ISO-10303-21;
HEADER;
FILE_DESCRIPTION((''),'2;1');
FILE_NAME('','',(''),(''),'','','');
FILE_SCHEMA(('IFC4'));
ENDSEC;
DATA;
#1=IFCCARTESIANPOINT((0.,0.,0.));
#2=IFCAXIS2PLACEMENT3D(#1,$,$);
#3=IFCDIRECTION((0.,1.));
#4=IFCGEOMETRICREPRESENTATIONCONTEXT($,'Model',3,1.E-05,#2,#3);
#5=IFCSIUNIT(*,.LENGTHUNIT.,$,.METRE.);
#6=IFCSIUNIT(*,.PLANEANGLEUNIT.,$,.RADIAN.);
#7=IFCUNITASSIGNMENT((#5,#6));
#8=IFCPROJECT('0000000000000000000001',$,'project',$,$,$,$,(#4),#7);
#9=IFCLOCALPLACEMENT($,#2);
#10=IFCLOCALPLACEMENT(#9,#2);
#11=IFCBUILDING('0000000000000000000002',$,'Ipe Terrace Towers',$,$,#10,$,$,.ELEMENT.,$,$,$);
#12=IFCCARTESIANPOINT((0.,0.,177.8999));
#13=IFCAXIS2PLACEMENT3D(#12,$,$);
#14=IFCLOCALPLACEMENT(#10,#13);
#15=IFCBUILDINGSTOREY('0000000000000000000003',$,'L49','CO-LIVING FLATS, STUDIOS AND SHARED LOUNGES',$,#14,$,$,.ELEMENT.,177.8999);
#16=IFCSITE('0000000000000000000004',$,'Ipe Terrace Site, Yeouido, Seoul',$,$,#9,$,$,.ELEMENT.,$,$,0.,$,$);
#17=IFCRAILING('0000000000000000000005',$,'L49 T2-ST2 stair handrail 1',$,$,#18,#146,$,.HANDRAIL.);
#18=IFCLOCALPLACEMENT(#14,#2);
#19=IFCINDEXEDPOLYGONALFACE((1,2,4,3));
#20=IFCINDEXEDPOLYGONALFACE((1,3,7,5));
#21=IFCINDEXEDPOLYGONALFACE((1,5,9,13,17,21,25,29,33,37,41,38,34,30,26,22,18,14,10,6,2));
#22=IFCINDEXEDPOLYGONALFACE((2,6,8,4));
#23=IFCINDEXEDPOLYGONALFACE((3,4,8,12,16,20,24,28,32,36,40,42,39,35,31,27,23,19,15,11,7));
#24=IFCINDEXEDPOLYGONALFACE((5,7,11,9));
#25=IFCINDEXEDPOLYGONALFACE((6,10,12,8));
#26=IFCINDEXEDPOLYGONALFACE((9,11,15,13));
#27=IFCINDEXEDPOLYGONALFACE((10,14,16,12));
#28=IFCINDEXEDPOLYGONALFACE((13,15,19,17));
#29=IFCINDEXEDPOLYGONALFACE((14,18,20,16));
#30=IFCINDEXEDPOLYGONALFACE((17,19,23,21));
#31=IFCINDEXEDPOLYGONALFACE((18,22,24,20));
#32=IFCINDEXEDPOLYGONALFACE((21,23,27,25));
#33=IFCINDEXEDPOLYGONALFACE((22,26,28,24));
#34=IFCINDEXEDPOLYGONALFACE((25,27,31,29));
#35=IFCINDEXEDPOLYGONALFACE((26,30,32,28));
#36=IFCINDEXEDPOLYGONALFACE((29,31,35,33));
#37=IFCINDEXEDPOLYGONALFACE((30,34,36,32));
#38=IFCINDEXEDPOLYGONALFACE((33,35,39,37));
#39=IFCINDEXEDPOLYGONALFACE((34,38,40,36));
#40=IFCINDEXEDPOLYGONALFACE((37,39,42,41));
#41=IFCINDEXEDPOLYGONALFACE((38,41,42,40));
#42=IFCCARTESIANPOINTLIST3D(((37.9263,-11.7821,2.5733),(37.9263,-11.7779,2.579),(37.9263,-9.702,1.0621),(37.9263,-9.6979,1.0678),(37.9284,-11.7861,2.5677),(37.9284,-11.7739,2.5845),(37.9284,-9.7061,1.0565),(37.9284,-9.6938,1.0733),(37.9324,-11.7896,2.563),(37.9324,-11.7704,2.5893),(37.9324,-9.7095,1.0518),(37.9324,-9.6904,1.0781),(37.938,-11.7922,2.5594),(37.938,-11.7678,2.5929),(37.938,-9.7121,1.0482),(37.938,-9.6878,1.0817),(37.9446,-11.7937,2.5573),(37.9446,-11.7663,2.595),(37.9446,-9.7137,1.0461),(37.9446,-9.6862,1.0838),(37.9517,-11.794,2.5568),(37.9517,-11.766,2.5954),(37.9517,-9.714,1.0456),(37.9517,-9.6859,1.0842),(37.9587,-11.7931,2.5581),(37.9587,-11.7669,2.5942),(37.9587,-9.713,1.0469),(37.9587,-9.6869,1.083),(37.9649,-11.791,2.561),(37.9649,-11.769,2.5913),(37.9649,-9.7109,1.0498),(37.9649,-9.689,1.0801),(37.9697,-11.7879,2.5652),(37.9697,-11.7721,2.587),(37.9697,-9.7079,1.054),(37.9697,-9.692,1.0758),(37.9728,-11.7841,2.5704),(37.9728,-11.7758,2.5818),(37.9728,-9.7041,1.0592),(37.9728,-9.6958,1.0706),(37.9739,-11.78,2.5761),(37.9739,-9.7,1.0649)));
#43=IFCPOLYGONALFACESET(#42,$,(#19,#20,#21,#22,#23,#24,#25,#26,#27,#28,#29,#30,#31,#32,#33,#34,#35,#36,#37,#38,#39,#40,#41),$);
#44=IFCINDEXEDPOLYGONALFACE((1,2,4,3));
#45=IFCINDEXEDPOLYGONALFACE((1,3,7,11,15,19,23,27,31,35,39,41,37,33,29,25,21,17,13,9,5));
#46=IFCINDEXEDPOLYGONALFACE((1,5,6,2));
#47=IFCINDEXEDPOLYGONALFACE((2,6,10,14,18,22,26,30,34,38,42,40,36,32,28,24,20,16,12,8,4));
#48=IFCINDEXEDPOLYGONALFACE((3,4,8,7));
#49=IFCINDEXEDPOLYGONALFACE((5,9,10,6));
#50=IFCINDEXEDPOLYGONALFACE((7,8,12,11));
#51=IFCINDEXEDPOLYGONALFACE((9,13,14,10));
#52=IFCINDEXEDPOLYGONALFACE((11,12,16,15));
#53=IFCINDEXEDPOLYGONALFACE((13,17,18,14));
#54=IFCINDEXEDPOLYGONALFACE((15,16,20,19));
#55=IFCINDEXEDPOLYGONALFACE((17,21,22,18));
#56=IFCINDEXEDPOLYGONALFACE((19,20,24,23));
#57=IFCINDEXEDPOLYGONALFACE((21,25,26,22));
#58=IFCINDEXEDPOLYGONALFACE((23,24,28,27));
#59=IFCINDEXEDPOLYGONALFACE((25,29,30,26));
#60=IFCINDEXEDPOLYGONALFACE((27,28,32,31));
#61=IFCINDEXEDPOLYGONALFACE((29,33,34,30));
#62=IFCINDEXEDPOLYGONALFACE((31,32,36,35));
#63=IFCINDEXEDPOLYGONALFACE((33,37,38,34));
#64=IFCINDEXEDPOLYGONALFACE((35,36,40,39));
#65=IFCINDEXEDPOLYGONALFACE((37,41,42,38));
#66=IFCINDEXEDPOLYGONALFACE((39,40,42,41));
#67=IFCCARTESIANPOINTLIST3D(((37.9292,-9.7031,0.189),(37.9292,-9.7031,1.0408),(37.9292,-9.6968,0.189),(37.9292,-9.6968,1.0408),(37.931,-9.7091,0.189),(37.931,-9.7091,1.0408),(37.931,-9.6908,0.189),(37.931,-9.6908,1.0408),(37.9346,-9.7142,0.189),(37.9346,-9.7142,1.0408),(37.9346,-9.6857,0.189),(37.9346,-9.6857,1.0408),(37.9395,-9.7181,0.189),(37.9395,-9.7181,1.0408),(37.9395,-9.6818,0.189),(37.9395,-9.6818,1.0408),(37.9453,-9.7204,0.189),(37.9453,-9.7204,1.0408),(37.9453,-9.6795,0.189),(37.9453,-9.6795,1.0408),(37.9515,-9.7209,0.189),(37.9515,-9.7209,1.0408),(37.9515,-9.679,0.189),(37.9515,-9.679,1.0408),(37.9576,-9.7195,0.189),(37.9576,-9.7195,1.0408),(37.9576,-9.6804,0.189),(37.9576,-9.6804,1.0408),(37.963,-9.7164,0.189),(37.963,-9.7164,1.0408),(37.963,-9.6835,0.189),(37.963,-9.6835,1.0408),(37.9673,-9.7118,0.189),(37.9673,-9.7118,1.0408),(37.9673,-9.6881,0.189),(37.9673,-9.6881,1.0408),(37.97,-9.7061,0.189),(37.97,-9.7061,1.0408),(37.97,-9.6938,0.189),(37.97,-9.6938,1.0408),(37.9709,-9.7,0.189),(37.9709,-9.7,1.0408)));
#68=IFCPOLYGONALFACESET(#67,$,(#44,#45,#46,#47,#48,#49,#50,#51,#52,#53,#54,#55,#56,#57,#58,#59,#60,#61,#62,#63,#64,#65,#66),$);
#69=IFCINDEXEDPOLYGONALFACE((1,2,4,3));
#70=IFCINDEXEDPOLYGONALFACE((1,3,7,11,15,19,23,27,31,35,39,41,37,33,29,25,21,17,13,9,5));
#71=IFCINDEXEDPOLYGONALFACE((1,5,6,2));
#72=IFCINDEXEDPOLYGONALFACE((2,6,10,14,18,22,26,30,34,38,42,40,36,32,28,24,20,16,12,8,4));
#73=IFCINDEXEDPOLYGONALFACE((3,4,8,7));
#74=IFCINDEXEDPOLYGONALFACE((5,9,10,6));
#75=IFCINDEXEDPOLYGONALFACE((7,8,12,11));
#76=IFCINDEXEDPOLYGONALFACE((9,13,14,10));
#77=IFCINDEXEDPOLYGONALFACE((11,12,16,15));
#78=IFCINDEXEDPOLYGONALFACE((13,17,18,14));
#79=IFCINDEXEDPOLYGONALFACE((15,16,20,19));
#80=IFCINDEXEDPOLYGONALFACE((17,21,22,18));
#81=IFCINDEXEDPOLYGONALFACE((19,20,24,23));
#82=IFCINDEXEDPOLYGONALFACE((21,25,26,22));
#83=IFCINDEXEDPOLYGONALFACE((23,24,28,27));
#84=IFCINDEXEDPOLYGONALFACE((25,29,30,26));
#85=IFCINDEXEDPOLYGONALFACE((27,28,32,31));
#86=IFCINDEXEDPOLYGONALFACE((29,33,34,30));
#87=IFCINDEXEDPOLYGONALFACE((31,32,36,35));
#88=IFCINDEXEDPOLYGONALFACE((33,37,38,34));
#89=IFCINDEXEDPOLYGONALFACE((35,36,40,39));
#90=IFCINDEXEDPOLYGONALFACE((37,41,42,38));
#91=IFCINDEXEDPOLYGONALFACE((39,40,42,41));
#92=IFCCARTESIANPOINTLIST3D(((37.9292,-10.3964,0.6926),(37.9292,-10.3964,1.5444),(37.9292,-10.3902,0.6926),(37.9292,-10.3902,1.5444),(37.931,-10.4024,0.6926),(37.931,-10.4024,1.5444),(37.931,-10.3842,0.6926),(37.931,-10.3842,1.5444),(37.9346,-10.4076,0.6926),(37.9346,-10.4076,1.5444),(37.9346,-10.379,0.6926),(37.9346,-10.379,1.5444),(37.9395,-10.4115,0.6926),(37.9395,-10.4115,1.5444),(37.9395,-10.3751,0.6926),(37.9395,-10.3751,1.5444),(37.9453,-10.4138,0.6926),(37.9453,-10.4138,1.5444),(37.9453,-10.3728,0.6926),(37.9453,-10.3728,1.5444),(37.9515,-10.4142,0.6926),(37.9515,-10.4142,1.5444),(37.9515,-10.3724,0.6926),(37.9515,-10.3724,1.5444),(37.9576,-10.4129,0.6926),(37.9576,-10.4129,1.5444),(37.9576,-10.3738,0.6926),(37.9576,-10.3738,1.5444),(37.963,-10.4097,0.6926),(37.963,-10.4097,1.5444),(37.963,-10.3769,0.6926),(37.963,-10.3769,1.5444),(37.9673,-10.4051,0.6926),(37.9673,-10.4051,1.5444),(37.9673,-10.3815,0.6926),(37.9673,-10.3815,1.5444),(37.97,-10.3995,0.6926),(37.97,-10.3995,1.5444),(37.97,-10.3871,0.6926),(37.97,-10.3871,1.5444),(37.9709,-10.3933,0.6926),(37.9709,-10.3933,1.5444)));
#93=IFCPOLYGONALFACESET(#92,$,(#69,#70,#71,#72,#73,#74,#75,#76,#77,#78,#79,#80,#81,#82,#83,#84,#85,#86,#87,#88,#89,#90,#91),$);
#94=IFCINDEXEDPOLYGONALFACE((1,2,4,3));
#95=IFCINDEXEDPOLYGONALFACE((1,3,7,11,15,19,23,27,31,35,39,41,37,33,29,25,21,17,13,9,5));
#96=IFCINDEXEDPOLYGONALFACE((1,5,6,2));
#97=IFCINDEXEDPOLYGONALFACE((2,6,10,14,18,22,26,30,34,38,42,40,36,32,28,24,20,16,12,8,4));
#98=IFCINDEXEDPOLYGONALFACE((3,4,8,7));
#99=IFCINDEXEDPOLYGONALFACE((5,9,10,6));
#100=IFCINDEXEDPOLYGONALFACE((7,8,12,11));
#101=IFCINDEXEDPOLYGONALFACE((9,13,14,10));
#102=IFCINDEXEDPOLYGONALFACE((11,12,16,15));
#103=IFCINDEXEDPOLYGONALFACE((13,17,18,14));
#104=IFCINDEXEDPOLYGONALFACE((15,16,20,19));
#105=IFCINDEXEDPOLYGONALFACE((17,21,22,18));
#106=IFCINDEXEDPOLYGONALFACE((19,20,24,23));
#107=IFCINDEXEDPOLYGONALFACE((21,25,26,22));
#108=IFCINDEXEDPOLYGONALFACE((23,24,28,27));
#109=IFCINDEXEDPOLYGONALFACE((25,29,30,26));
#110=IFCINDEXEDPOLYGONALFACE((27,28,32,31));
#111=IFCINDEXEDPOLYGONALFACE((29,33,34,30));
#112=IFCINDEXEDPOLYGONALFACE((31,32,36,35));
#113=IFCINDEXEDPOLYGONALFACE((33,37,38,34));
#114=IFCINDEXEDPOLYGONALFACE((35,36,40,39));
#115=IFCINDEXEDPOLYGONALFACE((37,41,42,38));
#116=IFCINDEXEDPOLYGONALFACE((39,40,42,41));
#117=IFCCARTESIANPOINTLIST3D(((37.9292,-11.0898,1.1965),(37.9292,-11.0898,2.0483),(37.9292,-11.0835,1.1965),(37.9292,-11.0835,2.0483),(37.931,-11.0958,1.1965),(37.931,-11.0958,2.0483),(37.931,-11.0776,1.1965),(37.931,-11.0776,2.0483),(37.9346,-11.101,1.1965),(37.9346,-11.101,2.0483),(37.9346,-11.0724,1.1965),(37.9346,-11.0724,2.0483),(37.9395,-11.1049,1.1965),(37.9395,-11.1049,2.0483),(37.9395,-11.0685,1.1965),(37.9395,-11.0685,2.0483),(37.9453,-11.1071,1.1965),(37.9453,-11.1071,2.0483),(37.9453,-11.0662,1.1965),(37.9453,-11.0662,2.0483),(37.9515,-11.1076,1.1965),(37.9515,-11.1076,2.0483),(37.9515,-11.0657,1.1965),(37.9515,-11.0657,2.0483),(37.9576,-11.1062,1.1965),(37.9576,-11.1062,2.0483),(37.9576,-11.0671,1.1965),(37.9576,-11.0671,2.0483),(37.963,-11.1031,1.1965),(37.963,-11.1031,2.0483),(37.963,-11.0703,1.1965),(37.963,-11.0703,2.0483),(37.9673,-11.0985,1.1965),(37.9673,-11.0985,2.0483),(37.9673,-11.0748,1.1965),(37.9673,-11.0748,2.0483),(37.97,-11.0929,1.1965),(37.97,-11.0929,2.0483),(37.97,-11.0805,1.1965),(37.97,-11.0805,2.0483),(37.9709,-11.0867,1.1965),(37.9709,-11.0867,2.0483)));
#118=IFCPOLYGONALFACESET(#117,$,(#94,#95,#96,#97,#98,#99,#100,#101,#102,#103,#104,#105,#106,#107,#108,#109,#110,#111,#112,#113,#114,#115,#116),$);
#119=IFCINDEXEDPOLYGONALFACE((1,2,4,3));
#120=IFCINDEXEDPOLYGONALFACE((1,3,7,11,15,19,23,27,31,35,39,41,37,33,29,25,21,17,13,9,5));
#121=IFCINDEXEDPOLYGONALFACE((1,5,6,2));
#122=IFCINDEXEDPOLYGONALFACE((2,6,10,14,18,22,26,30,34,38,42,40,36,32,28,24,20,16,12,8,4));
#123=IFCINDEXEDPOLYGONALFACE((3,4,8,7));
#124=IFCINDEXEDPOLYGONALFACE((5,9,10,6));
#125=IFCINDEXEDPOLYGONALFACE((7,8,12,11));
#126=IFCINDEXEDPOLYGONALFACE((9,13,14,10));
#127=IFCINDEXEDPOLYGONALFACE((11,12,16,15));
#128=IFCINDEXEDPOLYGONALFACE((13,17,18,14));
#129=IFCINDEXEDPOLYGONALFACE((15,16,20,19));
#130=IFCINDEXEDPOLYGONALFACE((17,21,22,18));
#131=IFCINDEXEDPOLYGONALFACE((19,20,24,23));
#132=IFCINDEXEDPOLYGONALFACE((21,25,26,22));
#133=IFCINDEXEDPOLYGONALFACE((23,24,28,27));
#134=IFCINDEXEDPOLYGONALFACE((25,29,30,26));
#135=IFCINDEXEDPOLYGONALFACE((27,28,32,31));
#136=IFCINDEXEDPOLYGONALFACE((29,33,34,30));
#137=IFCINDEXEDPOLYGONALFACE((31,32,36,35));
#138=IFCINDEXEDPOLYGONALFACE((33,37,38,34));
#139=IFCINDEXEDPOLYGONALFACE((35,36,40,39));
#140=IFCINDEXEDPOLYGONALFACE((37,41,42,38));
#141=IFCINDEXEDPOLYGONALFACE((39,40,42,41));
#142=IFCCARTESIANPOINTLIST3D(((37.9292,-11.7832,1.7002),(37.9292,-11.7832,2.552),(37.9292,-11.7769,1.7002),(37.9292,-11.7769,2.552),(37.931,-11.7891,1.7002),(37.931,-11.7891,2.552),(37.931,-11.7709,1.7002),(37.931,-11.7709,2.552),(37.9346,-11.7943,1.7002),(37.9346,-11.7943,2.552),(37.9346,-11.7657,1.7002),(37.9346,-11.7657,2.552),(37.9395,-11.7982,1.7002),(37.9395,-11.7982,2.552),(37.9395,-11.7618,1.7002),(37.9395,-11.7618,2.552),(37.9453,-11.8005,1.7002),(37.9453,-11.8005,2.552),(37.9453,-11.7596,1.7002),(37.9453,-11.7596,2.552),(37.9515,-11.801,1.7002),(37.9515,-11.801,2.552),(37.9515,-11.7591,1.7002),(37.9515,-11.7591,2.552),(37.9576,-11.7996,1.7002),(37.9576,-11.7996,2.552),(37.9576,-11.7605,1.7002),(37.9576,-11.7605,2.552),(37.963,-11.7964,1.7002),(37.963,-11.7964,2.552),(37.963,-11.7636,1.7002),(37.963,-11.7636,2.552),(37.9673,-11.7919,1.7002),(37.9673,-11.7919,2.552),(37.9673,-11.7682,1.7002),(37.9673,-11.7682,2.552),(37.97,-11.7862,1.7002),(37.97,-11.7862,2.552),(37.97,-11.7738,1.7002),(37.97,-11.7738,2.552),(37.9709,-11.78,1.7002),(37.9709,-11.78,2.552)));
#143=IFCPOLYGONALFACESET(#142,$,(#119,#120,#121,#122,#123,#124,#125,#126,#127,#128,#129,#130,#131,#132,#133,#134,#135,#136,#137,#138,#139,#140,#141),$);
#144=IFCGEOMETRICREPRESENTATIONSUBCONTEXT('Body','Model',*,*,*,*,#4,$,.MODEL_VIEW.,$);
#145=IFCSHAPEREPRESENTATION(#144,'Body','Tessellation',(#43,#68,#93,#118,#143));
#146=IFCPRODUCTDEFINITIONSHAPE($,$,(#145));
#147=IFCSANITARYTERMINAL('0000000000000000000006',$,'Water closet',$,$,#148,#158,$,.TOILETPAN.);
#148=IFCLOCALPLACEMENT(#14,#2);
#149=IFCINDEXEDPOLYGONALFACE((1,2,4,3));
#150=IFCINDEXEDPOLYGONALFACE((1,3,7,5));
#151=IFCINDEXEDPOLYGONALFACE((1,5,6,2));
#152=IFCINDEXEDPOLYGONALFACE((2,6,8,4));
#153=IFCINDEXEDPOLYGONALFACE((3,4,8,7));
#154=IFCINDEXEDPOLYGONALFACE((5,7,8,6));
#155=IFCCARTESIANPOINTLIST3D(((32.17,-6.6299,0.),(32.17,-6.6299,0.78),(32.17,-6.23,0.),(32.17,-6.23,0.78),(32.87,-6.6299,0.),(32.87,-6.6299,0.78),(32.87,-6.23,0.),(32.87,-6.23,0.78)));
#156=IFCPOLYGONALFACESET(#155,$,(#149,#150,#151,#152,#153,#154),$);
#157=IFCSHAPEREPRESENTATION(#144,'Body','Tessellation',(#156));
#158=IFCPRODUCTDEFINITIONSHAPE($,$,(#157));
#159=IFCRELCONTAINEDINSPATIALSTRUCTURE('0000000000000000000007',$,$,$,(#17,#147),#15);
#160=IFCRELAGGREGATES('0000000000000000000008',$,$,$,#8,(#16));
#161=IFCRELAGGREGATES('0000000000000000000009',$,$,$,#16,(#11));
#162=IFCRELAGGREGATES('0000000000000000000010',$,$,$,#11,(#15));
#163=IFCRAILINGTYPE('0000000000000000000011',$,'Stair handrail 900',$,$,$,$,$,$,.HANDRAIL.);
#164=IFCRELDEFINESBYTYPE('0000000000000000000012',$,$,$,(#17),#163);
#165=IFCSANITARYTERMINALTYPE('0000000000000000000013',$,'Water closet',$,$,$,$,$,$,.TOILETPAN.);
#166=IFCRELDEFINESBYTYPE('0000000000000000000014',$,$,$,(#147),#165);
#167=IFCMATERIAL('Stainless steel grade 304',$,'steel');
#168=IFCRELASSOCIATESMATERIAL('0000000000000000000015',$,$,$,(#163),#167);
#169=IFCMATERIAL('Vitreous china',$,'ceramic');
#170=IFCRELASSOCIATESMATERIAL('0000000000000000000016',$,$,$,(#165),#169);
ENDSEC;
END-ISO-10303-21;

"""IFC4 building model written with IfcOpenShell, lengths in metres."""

from ifc_helpers import new_model, si_unit, direction, frame, origin, origin_2d, place, context, subcontext, project, spatial, rectangle, circle, extrude, material, type_object, element, save


model = new_model("IFC4")

# Units and contexts
model_context = context("Model", 3, precision=1e-05, world=origin(), true_north=direction((0.0, 1.0)))
body_context = subcontext(model_context, "Body", "Model", "MODEL_VIEW")
ifc_project = project(units=[si_unit("LENGTHUNIT", "METRE"), si_unit("PLANEANGLEUNIT", "RADIAN")], contexts=[model_context])

# Site, building, storey
site_placement = place(None, origin())
site = spatial("IfcSite", under=ifc_project, at=site_placement, Name="Ipe Terrace Site, Yeouido, Seoul", CompositionType="ELEMENT", RefElevation=0.0)
building_placement = place(site_placement, origin())
building = spatial("IfcBuilding", under=site, at=building_placement, Name="Ipe Terrace Towers", CompositionType="ELEMENT")
storey_placement = place(building_placement, frame((0.0, 0.0, 177.8999)))
storey = spatial("IfcBuildingStorey", under=building, at=storey_placement, Name="L49", Description="CO-LIVING FLATS, STUDIOS AND SHARED LOUNGES", CompositionType="ELEMENT", Elevation=177.8999)

# Railing
ifc_material_1 = material(Name="Stainless steel grade 304", Category="steel")
railing_type = type_object("IfcRailingType", Name="Stair handrail 900", PredefinedType="HANDRAIL", material=ifc_material_1)
railing_placement = place(storey_placement, frame((37.95, -9.7, 0.189)))
element("IfcRailing", 1, at=railing_placement, inside=storey, type_object=railing_type, Name="L49 T2-ST2 stair handrail 1", PredefinedType="HANDRAIL", context=body_context, shape_type="SweptSolid", body=[
    extrude(circle(Radius=0.0239, at=origin_2d()), frame((0.0, 0.0, 0.876), z_axis=(0.0, -0.809023, 0.587776), x_axis=(1.0, 0.0, 0.0)), (0.0, 0.0, 1.0), 2.571),
    extrude(circle(Radius=0.021, at=origin_2d()), origin(), (0.0, 0.0, 1.0), 0.8518),
    extrude(circle(Radius=0.021, at=origin_2d()), frame((0.0, -0.6934, 0.5037)), (0.0, 0.0, 1.0), 0.8518),
    extrude(circle(Radius=0.021, at=origin_2d()), frame((0.0, -1.3867, 1.0076)), (0.0, 0.0, 1.0), 0.8518),
    extrude(circle(Radius=0.021, at=origin_2d()), frame((0.0, -2.0801, 1.5112)), (0.0, 0.0, 1.0), 0.8518),
])

# Sanitary terminal
ifc_material_2 = material(Name="Vitreous china", Category="ceramic")
sanitary_terminal_type = type_object("IfcSanitaryTerminalType", Name="Water closet", PredefinedType="TOILETPAN", material=ifc_material_2)
sanitary_terminal_placement = place(storey_placement, frame((32.52, -6.4299, 0.0), z_axis=(0.0, 0.0, 1.0), x_axis=(1.0, 0.0, 0.0)))
element("IfcSanitaryTerminal", 2, at=sanitary_terminal_placement, inside=storey, type_object=sanitary_terminal_type, Name="Water closet", PredefinedType="TOILETPAN", context=body_context, shape_type="SweptSolid", body=[
    extrude(rectangle(XDim=0.7, YDim=0.3999, at=origin_2d()), origin(), (0.0, 0.0, 1.0), 0.78),
])

save(model, "model.ifc")
